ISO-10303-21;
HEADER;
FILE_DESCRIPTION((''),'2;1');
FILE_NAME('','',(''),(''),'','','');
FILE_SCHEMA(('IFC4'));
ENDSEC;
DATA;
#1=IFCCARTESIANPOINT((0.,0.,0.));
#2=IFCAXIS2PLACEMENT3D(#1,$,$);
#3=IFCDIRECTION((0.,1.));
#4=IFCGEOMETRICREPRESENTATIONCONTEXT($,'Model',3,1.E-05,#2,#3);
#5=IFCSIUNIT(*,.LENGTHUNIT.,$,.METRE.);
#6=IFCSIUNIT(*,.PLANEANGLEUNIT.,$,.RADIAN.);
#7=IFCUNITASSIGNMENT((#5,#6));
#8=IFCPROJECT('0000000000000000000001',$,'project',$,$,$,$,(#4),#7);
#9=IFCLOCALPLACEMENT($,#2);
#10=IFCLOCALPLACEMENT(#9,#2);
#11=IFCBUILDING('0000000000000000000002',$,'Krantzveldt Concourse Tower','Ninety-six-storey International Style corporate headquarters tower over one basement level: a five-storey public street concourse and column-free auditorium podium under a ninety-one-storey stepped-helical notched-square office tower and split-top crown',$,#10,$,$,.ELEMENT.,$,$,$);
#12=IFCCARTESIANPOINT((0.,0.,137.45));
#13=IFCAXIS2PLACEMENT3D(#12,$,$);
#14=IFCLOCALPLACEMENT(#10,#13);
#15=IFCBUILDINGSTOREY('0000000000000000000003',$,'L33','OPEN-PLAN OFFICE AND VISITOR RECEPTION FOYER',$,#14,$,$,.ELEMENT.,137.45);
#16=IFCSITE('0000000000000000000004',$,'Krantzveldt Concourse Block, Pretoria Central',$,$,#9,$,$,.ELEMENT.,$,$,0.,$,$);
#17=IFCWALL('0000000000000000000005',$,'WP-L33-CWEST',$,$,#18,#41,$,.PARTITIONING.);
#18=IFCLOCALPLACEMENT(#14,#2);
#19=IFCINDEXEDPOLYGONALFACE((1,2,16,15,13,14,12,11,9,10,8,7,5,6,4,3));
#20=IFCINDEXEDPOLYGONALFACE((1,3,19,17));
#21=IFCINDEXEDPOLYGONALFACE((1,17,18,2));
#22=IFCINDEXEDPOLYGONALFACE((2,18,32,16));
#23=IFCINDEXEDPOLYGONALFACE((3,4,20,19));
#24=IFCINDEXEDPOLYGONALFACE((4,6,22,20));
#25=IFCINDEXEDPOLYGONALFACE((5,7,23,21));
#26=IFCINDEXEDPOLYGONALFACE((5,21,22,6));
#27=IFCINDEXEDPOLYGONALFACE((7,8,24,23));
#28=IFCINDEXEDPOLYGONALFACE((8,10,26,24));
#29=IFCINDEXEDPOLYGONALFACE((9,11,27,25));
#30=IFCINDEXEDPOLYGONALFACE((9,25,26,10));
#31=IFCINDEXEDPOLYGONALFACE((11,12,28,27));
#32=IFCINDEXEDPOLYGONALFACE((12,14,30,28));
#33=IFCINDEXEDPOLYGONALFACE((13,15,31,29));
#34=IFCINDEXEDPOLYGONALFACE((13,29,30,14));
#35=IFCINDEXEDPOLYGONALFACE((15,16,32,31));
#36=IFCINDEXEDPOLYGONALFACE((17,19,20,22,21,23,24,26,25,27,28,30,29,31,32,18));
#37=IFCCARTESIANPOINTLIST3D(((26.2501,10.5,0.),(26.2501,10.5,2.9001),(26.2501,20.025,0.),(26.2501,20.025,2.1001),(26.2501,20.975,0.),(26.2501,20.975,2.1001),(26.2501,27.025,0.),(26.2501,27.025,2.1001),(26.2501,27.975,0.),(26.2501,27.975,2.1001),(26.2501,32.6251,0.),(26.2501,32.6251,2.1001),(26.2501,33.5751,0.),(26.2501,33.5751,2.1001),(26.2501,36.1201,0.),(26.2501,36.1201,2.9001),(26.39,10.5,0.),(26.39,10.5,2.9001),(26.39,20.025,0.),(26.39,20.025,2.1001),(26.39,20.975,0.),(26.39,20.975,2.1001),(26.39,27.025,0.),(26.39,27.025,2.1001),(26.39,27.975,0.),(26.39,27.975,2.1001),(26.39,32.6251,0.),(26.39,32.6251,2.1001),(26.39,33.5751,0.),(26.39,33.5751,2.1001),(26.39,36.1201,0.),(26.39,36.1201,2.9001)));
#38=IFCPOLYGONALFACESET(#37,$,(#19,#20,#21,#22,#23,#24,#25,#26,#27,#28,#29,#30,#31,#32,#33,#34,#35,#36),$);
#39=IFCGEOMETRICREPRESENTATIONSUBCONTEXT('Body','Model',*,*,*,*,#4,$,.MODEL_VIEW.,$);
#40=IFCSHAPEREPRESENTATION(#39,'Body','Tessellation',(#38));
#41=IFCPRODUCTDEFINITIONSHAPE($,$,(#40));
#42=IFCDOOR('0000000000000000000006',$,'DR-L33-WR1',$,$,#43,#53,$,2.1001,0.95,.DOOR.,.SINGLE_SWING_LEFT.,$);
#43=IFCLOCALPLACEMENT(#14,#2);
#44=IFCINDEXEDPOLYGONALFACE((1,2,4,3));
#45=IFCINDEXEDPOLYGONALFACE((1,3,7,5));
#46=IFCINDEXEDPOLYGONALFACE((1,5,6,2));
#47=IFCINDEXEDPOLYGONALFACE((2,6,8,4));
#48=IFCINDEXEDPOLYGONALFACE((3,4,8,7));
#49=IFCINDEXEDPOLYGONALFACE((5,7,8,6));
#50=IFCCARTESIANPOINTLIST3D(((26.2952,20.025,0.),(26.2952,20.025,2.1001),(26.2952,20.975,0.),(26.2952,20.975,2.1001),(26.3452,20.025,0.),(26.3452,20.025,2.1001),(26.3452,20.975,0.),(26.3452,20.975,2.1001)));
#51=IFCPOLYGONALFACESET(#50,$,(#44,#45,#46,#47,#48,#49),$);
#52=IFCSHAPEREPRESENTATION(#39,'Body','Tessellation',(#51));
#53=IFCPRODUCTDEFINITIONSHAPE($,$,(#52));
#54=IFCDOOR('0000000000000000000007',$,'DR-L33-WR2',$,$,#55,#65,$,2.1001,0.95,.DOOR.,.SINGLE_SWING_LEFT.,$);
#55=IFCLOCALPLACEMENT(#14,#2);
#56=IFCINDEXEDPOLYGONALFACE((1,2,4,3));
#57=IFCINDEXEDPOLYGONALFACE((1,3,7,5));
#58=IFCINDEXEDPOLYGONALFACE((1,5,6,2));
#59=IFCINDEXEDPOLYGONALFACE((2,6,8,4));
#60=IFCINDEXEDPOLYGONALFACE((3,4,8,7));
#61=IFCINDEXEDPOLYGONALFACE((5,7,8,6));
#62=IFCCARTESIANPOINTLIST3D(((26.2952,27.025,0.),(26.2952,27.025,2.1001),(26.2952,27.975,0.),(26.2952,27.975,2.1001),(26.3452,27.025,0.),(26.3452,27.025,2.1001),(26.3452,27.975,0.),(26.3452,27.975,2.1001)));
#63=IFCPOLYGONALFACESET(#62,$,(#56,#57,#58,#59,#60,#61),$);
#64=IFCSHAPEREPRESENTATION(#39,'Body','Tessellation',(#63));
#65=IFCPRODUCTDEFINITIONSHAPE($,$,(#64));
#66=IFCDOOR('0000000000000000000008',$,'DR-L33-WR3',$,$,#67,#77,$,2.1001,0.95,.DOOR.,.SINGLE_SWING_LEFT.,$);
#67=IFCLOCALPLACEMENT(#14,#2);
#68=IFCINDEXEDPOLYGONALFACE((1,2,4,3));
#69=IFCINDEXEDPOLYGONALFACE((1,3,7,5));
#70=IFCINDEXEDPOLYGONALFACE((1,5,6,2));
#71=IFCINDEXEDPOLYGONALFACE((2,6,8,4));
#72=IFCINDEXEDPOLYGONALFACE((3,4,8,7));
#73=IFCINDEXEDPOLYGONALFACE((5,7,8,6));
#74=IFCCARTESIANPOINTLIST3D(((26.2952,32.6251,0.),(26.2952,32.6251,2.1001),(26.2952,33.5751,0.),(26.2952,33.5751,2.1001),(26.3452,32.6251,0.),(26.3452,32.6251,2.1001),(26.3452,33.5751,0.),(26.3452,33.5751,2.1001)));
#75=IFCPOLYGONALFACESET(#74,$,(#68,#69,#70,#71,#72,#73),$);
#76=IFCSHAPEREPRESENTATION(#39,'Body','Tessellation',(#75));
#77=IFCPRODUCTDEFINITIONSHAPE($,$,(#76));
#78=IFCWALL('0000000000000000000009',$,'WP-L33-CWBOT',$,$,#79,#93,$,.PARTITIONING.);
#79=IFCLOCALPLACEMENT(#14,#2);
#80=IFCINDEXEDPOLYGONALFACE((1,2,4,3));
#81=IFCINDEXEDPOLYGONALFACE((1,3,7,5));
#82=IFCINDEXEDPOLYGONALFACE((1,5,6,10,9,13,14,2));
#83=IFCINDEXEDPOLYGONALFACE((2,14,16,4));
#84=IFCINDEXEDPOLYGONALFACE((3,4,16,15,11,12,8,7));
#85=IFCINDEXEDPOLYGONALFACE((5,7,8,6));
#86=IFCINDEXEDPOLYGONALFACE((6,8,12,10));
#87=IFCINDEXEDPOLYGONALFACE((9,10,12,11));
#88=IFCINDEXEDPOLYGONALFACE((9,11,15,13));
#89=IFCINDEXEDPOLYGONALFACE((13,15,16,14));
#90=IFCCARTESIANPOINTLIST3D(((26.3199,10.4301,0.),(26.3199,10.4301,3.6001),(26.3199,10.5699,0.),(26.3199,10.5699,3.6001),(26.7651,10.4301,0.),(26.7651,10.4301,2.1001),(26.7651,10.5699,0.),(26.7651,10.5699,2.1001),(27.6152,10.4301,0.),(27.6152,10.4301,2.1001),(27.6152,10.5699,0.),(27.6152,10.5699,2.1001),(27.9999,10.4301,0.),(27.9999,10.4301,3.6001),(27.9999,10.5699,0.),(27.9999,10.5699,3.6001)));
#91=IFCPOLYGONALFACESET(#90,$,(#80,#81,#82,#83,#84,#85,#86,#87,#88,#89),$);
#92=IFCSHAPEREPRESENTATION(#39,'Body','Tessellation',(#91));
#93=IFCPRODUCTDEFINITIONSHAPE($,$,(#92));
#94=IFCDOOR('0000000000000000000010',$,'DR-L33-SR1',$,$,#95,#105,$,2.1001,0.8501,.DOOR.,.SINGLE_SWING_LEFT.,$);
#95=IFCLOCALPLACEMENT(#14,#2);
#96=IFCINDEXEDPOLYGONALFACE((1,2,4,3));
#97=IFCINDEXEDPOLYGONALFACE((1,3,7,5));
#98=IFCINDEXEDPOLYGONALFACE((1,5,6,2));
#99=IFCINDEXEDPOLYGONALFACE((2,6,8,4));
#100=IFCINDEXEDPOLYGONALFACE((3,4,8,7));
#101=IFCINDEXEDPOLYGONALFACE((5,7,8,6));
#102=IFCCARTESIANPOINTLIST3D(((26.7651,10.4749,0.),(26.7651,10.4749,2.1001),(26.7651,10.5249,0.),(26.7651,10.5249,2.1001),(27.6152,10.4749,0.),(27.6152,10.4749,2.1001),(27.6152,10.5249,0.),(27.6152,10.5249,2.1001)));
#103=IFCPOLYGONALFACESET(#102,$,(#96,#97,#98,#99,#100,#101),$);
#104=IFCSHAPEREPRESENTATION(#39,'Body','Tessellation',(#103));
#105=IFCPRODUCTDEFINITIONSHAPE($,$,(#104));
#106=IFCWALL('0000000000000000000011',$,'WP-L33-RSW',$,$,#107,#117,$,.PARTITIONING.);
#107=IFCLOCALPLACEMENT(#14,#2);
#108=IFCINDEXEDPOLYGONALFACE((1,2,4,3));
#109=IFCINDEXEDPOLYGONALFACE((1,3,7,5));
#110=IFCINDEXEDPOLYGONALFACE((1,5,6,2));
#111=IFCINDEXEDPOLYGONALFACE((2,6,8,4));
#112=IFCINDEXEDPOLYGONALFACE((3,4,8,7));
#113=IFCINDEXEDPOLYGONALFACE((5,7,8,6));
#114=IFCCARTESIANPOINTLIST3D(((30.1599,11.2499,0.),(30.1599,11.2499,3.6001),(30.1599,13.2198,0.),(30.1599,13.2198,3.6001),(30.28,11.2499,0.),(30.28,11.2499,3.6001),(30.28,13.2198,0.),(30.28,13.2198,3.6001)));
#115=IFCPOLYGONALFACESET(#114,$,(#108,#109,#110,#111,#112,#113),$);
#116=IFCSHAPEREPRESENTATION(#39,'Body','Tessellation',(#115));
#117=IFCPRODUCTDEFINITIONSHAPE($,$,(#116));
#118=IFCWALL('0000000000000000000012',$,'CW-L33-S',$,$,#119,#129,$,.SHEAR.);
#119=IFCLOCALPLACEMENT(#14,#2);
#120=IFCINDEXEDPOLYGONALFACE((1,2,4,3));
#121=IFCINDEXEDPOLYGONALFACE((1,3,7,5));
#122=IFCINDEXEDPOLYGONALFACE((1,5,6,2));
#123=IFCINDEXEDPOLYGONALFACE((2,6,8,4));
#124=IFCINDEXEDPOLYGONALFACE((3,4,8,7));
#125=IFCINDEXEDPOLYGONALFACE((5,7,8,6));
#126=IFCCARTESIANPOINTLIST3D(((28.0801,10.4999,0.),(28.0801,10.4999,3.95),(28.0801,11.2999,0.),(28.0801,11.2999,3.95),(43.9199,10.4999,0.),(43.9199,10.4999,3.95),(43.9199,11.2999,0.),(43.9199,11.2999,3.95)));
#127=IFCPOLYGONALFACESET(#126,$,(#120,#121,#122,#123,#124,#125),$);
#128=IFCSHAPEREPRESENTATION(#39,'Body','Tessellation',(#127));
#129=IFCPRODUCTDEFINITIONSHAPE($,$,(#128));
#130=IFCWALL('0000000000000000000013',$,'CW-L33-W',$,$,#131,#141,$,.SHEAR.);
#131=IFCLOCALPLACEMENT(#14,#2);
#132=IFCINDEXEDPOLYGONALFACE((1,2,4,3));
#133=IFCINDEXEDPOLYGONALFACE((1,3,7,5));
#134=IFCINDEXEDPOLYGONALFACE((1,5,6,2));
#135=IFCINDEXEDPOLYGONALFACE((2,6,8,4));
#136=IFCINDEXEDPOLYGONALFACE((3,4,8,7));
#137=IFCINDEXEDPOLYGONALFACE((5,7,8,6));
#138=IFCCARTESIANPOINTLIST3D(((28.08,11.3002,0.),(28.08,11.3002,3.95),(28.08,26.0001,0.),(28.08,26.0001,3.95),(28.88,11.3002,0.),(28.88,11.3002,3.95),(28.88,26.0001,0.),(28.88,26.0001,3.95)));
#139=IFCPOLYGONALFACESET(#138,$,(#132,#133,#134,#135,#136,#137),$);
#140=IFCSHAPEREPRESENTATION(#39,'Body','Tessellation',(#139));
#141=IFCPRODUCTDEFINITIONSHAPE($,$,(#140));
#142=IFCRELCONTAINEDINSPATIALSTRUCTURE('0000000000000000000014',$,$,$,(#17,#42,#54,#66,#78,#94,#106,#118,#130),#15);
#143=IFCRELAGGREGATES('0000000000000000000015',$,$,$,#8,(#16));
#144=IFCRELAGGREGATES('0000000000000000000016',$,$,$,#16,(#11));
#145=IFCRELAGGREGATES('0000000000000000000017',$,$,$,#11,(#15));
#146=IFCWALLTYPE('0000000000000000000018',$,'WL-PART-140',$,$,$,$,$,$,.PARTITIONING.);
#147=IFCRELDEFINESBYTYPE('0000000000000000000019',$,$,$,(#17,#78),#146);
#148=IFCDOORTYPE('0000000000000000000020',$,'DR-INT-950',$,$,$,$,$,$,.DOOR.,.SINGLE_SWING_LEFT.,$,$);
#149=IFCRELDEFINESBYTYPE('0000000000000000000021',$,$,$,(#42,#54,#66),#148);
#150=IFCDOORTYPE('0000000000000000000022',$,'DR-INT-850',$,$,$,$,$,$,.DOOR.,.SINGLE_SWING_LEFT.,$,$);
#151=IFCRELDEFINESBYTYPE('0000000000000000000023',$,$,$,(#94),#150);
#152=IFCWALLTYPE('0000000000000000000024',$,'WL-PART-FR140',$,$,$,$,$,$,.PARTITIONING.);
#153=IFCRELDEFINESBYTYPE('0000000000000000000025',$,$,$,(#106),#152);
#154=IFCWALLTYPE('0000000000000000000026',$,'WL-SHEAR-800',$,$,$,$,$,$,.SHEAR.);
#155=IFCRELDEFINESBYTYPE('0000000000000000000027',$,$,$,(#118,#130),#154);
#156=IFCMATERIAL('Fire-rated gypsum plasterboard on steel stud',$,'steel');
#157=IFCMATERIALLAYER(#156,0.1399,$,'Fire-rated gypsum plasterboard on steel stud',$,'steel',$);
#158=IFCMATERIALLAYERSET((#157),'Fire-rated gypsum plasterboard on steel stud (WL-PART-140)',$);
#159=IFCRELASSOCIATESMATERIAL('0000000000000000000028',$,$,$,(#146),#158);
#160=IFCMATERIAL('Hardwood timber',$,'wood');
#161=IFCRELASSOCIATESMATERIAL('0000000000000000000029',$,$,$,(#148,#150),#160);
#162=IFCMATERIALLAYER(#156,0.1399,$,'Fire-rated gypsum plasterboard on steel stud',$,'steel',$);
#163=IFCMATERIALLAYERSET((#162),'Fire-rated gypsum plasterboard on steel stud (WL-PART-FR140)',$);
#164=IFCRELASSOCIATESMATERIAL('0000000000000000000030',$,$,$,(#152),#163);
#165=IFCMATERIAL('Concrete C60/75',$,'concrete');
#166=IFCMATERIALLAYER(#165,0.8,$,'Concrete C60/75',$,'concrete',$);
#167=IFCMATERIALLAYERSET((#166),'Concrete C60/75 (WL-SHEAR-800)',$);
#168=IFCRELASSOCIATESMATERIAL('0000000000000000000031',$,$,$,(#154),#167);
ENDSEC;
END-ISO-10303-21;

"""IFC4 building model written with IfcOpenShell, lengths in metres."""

from ifc_helpers import new_model, si_unit, direction, frame, frame_2d, origin, place, context, subcontext, project, spatial, rectangle, extrude, material, layer, layer_set, type_object, element, fill, save


model = new_model("IFC4")

# Units and contexts
model_context = context("Model", 3, precision=1e-05, world=origin(), true_north=direction((0.0, 1.0)))
body_context = subcontext(model_context, "Body", "Model", "MODEL_VIEW")
ifc_project = project(units=[si_unit("LENGTHUNIT", "METRE"), si_unit("PLANEANGLEUNIT", "RADIAN")], contexts=[model_context])

# Site, building, storey
site_placement = place(None, origin())
site = spatial("IfcSite", under=ifc_project, at=site_placement, Name="Krantzveldt Concourse Block, Pretoria Central", CompositionType="ELEMENT", RefElevation=0.0)
building_placement = place(site_placement, origin())
building = spatial("IfcBuilding", under=site, at=building_placement, Name="Krantzveldt Concourse Tower", Description="Ninety-six-storey International Style corporate headquarters tower over one basement level: a five-storey public street concourse and column-free auditorium podium under a ninety-one-storey stepped-helical notched-square office tower and split-top crown", CompositionType="ELEMENT")
storey_placement = place(building_placement, frame((0.0, 0.0, 137.45)))
storey = spatial("IfcBuildingStorey", under=building, at=storey_placement, Name="L33", Description="OPEN-PLAN OFFICE AND VISITOR RECEPTION FOYER", CompositionType="ELEMENT", Elevation=137.45)

# Wall, openings, doors
ifc_material_1 = material(Name="Fire-rated gypsum plasterboard on steel stud", Category="steel")
ifc_layer_1 = layer(ifc_material_1, 0.1399, Name="Fire-rated gypsum plasterboard on steel stud", Category="steel")
ifc_layer_set_1 = layer_set([ifc_layer_1], Name="Fire-rated gypsum plasterboard on steel stud (WL-PART-140)")
wall_type_1 = type_object("IfcWallType", Name="WL-PART-140", PredefinedType="PARTITIONING", material=ifc_layer_set_1)
wall_1_placement = place(storey_placement, frame((26.3201, 10.5, 0.0), z_axis=(0.0, 0.0, 1.0), x_axis=(0.0, 1.0, 0.0)))
wall_1 = element("IfcWall", 1, at=wall_1_placement, inside=storey, type_object=wall_type_1, Name="WP-L33-CWEST", PredefinedType="PARTITIONING", context=body_context, shape_type="SweptSolid", body=[
    extrude(rectangle(XDim=25.6201, YDim=0.1399, at=frame_2d((12.8101, 0.0))), origin(), (0.0, 0.0, 1.0), 2.9001),
])
opening_1_placement = place(wall_1_placement, frame((9.5249, 0.0, 0.0)))
opening_1 = element("IfcOpeningElement", 2, at=opening_1_placement, cuts=wall_1, PredefinedType="OPENING", context=body_context, shape_type="SweptSolid", body=[
    extrude(rectangle(XDim=0.95, YDim=2.1001, at=frame_2d((0.4751, 1.05))), frame((0.0, 0.0801, 0.0), z_axis=(0.0, -1.0, 0.0), x_axis=(1.0, 0.0, 0.0)), (0.0, 0.0, 1.0), 0.1599),
])
opening_2_placement = place(wall_1_placement, frame((16.5249, 0.0, 0.0)))
opening_2 = element("IfcOpeningElement", 3, at=opening_2_placement, cuts=wall_1, PredefinedType="OPENING", context=body_context, shape_type="SweptSolid", body=[
    extrude(rectangle(XDim=0.95, YDim=2.1001, at=frame_2d((0.4751, 1.05))), frame((0.0, 0.0801, 0.0), z_axis=(0.0, -1.0, 0.0), x_axis=(1.0, 0.0, 0.0)), (0.0, 0.0, 1.0), 0.1599),
])
opening_3_placement = place(wall_1_placement, frame((22.125, 0.0, 0.0)))
opening_3 = element("IfcOpeningElement", 4, at=opening_3_placement, cuts=wall_1, PredefinedType="OPENING", context=body_context, shape_type="SweptSolid", body=[
    extrude(rectangle(XDim=0.95, YDim=2.1001, at=frame_2d((0.4751, 1.05))), frame((0.0, 0.0801, 0.0), z_axis=(0.0, -1.0, 0.0), x_axis=(1.0, 0.0, 0.0)), (0.0, 0.0, 1.0), 0.1599),
])
ifc_material_2 = material(Name="Hardwood timber", Category="wood")
door_type_1 = type_object("IfcDoorType", Name="DR-INT-950", OperationType="SINGLE_SWING_LEFT", PredefinedType="DOOR", material=ifc_material_2)
door_1_placement = place(opening_1_placement, origin())
door_1 = element("IfcDoor", 5, at=door_1_placement, inside=storey, type_object=door_type_1, Name="DR-L33-WR1", OperationType="SINGLE_SWING_LEFT", OverallHeight=2.1001, OverallWidth=0.95, PredefinedType="DOOR", context=body_context, shape_type="SweptSolid", body=[
    extrude(rectangle(XDim=0.95, YDim=2.1001, at=frame_2d((0.4751, 1.05))), frame((0.0, 0.0249, 0.0), z_axis=(0.0, -1.0, 0.0), x_axis=(1.0, 0.0, 0.0)), (0.0, 0.0, 1.0), 0.05),
])
fill(opening_1, door_1)
door_2_placement = place(opening_2_placement, origin())
door_2 = element("IfcDoor", 6, at=door_2_placement, inside=storey, type_object=door_type_1, Name="DR-L33-WR2", OperationType="SINGLE_SWING_LEFT", OverallHeight=2.1001, OverallWidth=0.95, PredefinedType="DOOR", context=body_context, shape_type="SweptSolid", body=[
    extrude(rectangle(XDim=0.95, YDim=2.1001, at=frame_2d((0.4751, 1.05))), frame((0.0, 0.0249, 0.0), z_axis=(0.0, -1.0, 0.0), x_axis=(1.0, 0.0, 0.0)), (0.0, 0.0, 1.0), 0.05),
])
fill(opening_2, door_2)
door_3_placement = place(opening_3_placement, origin())
door_3 = element("IfcDoor", 7, at=door_3_placement, inside=storey, type_object=door_type_1, Name="DR-L33-WR3", OperationType="SINGLE_SWING_LEFT", OverallHeight=2.1001, OverallWidth=0.95, PredefinedType="DOOR", context=body_context, shape_type="SweptSolid", body=[
    extrude(rectangle(XDim=0.95, YDim=2.1001, at=frame_2d((0.4751, 1.05))), frame((0.0, 0.0249, 0.0), z_axis=(0.0, -1.0, 0.0), x_axis=(1.0, 0.0, 0.0)), (0.0, 0.0, 1.0), 0.05),
])
fill(opening_3, door_3)

# Wall, opening, door
wall_2_placement = place(storey_placement, frame((26.3201, 10.5, 0.0), z_axis=(0.0, 0.0, 1.0), x_axis=(1.0, 0.0, 0.0)))
wall_2 = element("IfcWall", 8, at=wall_2_placement, inside=storey, type_object=wall_type_1, Name="WP-L33-CWBOT", PredefinedType="PARTITIONING", context=body_context, shape_type="SweptSolid", body=[
    extrude(rectangle(XDim=1.6799, YDim=0.1399, at=frame_2d((0.8398, 0.0))), origin(), (0.0, 0.0, 1.0), 3.6001),
])
opening_4_placement = place(wall_2_placement, frame((0.4451, 0.0, 0.0)))
opening_4 = element("IfcOpeningElement", 9, at=opening_4_placement, cuts=wall_2, PredefinedType="OPENING", context=body_context, shape_type="SweptSolid", body=[
    extrude(rectangle(XDim=0.8501, YDim=2.1001, at=frame_2d((0.425, 1.05))), frame((0.0, 0.0801, 0.0), z_axis=(0.0, -1.0, 0.0), x_axis=(1.0, 0.0, 0.0)), (0.0, 0.0, 1.0), 0.1599),
])
door_type_2 = type_object("IfcDoorType", Name="DR-INT-850", OperationType="SINGLE_SWING_LEFT", PredefinedType="DOOR", material=ifc_material_2)
door_4_placement = place(opening_4_placement, origin())
door_4 = element("IfcDoor", 10, at=door_4_placement, inside=storey, type_object=door_type_2, Name="DR-L33-SR1", OperationType="SINGLE_SWING_LEFT", OverallHeight=2.1001, OverallWidth=0.8501, PredefinedType="DOOR", context=body_context, shape_type="SweptSolid", body=[
    extrude(rectangle(XDim=0.8501, YDim=2.1001, at=frame_2d((0.425, 1.05))), frame((0.0, 0.0249, 0.0), z_axis=(0.0, -1.0, 0.0), x_axis=(1.0, 0.0, 0.0)), (0.0, 0.0, 1.0), 0.05),
])
fill(opening_4, door_4)

# Walls
ifc_layer_2 = layer(ifc_material_1, 0.1399, Name="Fire-rated gypsum plasterboard on steel stud", Category="steel")
ifc_layer_set_2 = layer_set([ifc_layer_2], Name="Fire-rated gypsum plasterboard on steel stud (WL-PART-FR140)")
wall_type_2 = type_object("IfcWallType", Name="WL-PART-FR140", PredefinedType="PARTITIONING", material=ifc_layer_set_2)
wall_3_placement = place(storey_placement, frame((30.22, 11.25, 0.0), z_axis=(0.0, 0.0, 1.0), x_axis=(0.0, 1.0, 0.0)))
element("IfcWall", 11, at=wall_3_placement, inside=storey, type_object=wall_type_2, Name="WP-L33-RSW", PredefinedType="PARTITIONING", context=body_context, shape_type="SweptSolid", body=[
    extrude(rectangle(XDim=1.97, YDim=0.1201, at=frame_2d((0.9849, 0.0))), origin(), (0.0, 0.0, 1.0), 3.6001),
])
ifc_material_3 = material(Name="Concrete C60/75", Category="concrete")
ifc_layer_3 = layer(ifc_material_3, 0.8, Name="Concrete C60/75", Category="concrete")
ifc_layer_set_3 = layer_set([ifc_layer_3], Name="Concrete C60/75 (WL-SHEAR-800)")
wall_type_3 = type_object("IfcWallType", Name="WL-SHEAR-800", PredefinedType="SHEAR", material=ifc_layer_set_3)
wall_4_placement = place(storey_placement, frame((28.0801, 10.8999, 0.0), z_axis=(0.0, 0.0, 1.0), x_axis=(1.0, 0.0, 0.0)))
element("IfcWall", 12, at=wall_4_placement, inside=storey, type_object=wall_type_3, Name="CW-L33-S", PredefinedType="SHEAR", context=body_context, shape_type="SweptSolid", body=[
    extrude(rectangle(XDim=15.8398, YDim=0.8, at=frame_2d((7.9199, 0.0))), origin(), (0.0, 0.0, 1.0), 3.95),
])
wall_5_placement = place(storey_placement, frame((28.48, 11.3, 0.0), z_axis=(0.0, 0.0, 1.0), x_axis=(0.0, 1.0, 0.0)))
element("IfcWall", 13, at=wall_5_placement, inside=storey, type_object=wall_type_3, Name="CW-L33-W", PredefinedType="SHEAR", context=body_context, shape_type="SweptSolid", body=[
    extrude(rectangle(XDim=14.7, YDim=0.8, at=frame_2d((7.3501, 0.0))), origin(), (0.0, 0.0, 1.0), 3.95),
])

save(model, "model.ifc")
